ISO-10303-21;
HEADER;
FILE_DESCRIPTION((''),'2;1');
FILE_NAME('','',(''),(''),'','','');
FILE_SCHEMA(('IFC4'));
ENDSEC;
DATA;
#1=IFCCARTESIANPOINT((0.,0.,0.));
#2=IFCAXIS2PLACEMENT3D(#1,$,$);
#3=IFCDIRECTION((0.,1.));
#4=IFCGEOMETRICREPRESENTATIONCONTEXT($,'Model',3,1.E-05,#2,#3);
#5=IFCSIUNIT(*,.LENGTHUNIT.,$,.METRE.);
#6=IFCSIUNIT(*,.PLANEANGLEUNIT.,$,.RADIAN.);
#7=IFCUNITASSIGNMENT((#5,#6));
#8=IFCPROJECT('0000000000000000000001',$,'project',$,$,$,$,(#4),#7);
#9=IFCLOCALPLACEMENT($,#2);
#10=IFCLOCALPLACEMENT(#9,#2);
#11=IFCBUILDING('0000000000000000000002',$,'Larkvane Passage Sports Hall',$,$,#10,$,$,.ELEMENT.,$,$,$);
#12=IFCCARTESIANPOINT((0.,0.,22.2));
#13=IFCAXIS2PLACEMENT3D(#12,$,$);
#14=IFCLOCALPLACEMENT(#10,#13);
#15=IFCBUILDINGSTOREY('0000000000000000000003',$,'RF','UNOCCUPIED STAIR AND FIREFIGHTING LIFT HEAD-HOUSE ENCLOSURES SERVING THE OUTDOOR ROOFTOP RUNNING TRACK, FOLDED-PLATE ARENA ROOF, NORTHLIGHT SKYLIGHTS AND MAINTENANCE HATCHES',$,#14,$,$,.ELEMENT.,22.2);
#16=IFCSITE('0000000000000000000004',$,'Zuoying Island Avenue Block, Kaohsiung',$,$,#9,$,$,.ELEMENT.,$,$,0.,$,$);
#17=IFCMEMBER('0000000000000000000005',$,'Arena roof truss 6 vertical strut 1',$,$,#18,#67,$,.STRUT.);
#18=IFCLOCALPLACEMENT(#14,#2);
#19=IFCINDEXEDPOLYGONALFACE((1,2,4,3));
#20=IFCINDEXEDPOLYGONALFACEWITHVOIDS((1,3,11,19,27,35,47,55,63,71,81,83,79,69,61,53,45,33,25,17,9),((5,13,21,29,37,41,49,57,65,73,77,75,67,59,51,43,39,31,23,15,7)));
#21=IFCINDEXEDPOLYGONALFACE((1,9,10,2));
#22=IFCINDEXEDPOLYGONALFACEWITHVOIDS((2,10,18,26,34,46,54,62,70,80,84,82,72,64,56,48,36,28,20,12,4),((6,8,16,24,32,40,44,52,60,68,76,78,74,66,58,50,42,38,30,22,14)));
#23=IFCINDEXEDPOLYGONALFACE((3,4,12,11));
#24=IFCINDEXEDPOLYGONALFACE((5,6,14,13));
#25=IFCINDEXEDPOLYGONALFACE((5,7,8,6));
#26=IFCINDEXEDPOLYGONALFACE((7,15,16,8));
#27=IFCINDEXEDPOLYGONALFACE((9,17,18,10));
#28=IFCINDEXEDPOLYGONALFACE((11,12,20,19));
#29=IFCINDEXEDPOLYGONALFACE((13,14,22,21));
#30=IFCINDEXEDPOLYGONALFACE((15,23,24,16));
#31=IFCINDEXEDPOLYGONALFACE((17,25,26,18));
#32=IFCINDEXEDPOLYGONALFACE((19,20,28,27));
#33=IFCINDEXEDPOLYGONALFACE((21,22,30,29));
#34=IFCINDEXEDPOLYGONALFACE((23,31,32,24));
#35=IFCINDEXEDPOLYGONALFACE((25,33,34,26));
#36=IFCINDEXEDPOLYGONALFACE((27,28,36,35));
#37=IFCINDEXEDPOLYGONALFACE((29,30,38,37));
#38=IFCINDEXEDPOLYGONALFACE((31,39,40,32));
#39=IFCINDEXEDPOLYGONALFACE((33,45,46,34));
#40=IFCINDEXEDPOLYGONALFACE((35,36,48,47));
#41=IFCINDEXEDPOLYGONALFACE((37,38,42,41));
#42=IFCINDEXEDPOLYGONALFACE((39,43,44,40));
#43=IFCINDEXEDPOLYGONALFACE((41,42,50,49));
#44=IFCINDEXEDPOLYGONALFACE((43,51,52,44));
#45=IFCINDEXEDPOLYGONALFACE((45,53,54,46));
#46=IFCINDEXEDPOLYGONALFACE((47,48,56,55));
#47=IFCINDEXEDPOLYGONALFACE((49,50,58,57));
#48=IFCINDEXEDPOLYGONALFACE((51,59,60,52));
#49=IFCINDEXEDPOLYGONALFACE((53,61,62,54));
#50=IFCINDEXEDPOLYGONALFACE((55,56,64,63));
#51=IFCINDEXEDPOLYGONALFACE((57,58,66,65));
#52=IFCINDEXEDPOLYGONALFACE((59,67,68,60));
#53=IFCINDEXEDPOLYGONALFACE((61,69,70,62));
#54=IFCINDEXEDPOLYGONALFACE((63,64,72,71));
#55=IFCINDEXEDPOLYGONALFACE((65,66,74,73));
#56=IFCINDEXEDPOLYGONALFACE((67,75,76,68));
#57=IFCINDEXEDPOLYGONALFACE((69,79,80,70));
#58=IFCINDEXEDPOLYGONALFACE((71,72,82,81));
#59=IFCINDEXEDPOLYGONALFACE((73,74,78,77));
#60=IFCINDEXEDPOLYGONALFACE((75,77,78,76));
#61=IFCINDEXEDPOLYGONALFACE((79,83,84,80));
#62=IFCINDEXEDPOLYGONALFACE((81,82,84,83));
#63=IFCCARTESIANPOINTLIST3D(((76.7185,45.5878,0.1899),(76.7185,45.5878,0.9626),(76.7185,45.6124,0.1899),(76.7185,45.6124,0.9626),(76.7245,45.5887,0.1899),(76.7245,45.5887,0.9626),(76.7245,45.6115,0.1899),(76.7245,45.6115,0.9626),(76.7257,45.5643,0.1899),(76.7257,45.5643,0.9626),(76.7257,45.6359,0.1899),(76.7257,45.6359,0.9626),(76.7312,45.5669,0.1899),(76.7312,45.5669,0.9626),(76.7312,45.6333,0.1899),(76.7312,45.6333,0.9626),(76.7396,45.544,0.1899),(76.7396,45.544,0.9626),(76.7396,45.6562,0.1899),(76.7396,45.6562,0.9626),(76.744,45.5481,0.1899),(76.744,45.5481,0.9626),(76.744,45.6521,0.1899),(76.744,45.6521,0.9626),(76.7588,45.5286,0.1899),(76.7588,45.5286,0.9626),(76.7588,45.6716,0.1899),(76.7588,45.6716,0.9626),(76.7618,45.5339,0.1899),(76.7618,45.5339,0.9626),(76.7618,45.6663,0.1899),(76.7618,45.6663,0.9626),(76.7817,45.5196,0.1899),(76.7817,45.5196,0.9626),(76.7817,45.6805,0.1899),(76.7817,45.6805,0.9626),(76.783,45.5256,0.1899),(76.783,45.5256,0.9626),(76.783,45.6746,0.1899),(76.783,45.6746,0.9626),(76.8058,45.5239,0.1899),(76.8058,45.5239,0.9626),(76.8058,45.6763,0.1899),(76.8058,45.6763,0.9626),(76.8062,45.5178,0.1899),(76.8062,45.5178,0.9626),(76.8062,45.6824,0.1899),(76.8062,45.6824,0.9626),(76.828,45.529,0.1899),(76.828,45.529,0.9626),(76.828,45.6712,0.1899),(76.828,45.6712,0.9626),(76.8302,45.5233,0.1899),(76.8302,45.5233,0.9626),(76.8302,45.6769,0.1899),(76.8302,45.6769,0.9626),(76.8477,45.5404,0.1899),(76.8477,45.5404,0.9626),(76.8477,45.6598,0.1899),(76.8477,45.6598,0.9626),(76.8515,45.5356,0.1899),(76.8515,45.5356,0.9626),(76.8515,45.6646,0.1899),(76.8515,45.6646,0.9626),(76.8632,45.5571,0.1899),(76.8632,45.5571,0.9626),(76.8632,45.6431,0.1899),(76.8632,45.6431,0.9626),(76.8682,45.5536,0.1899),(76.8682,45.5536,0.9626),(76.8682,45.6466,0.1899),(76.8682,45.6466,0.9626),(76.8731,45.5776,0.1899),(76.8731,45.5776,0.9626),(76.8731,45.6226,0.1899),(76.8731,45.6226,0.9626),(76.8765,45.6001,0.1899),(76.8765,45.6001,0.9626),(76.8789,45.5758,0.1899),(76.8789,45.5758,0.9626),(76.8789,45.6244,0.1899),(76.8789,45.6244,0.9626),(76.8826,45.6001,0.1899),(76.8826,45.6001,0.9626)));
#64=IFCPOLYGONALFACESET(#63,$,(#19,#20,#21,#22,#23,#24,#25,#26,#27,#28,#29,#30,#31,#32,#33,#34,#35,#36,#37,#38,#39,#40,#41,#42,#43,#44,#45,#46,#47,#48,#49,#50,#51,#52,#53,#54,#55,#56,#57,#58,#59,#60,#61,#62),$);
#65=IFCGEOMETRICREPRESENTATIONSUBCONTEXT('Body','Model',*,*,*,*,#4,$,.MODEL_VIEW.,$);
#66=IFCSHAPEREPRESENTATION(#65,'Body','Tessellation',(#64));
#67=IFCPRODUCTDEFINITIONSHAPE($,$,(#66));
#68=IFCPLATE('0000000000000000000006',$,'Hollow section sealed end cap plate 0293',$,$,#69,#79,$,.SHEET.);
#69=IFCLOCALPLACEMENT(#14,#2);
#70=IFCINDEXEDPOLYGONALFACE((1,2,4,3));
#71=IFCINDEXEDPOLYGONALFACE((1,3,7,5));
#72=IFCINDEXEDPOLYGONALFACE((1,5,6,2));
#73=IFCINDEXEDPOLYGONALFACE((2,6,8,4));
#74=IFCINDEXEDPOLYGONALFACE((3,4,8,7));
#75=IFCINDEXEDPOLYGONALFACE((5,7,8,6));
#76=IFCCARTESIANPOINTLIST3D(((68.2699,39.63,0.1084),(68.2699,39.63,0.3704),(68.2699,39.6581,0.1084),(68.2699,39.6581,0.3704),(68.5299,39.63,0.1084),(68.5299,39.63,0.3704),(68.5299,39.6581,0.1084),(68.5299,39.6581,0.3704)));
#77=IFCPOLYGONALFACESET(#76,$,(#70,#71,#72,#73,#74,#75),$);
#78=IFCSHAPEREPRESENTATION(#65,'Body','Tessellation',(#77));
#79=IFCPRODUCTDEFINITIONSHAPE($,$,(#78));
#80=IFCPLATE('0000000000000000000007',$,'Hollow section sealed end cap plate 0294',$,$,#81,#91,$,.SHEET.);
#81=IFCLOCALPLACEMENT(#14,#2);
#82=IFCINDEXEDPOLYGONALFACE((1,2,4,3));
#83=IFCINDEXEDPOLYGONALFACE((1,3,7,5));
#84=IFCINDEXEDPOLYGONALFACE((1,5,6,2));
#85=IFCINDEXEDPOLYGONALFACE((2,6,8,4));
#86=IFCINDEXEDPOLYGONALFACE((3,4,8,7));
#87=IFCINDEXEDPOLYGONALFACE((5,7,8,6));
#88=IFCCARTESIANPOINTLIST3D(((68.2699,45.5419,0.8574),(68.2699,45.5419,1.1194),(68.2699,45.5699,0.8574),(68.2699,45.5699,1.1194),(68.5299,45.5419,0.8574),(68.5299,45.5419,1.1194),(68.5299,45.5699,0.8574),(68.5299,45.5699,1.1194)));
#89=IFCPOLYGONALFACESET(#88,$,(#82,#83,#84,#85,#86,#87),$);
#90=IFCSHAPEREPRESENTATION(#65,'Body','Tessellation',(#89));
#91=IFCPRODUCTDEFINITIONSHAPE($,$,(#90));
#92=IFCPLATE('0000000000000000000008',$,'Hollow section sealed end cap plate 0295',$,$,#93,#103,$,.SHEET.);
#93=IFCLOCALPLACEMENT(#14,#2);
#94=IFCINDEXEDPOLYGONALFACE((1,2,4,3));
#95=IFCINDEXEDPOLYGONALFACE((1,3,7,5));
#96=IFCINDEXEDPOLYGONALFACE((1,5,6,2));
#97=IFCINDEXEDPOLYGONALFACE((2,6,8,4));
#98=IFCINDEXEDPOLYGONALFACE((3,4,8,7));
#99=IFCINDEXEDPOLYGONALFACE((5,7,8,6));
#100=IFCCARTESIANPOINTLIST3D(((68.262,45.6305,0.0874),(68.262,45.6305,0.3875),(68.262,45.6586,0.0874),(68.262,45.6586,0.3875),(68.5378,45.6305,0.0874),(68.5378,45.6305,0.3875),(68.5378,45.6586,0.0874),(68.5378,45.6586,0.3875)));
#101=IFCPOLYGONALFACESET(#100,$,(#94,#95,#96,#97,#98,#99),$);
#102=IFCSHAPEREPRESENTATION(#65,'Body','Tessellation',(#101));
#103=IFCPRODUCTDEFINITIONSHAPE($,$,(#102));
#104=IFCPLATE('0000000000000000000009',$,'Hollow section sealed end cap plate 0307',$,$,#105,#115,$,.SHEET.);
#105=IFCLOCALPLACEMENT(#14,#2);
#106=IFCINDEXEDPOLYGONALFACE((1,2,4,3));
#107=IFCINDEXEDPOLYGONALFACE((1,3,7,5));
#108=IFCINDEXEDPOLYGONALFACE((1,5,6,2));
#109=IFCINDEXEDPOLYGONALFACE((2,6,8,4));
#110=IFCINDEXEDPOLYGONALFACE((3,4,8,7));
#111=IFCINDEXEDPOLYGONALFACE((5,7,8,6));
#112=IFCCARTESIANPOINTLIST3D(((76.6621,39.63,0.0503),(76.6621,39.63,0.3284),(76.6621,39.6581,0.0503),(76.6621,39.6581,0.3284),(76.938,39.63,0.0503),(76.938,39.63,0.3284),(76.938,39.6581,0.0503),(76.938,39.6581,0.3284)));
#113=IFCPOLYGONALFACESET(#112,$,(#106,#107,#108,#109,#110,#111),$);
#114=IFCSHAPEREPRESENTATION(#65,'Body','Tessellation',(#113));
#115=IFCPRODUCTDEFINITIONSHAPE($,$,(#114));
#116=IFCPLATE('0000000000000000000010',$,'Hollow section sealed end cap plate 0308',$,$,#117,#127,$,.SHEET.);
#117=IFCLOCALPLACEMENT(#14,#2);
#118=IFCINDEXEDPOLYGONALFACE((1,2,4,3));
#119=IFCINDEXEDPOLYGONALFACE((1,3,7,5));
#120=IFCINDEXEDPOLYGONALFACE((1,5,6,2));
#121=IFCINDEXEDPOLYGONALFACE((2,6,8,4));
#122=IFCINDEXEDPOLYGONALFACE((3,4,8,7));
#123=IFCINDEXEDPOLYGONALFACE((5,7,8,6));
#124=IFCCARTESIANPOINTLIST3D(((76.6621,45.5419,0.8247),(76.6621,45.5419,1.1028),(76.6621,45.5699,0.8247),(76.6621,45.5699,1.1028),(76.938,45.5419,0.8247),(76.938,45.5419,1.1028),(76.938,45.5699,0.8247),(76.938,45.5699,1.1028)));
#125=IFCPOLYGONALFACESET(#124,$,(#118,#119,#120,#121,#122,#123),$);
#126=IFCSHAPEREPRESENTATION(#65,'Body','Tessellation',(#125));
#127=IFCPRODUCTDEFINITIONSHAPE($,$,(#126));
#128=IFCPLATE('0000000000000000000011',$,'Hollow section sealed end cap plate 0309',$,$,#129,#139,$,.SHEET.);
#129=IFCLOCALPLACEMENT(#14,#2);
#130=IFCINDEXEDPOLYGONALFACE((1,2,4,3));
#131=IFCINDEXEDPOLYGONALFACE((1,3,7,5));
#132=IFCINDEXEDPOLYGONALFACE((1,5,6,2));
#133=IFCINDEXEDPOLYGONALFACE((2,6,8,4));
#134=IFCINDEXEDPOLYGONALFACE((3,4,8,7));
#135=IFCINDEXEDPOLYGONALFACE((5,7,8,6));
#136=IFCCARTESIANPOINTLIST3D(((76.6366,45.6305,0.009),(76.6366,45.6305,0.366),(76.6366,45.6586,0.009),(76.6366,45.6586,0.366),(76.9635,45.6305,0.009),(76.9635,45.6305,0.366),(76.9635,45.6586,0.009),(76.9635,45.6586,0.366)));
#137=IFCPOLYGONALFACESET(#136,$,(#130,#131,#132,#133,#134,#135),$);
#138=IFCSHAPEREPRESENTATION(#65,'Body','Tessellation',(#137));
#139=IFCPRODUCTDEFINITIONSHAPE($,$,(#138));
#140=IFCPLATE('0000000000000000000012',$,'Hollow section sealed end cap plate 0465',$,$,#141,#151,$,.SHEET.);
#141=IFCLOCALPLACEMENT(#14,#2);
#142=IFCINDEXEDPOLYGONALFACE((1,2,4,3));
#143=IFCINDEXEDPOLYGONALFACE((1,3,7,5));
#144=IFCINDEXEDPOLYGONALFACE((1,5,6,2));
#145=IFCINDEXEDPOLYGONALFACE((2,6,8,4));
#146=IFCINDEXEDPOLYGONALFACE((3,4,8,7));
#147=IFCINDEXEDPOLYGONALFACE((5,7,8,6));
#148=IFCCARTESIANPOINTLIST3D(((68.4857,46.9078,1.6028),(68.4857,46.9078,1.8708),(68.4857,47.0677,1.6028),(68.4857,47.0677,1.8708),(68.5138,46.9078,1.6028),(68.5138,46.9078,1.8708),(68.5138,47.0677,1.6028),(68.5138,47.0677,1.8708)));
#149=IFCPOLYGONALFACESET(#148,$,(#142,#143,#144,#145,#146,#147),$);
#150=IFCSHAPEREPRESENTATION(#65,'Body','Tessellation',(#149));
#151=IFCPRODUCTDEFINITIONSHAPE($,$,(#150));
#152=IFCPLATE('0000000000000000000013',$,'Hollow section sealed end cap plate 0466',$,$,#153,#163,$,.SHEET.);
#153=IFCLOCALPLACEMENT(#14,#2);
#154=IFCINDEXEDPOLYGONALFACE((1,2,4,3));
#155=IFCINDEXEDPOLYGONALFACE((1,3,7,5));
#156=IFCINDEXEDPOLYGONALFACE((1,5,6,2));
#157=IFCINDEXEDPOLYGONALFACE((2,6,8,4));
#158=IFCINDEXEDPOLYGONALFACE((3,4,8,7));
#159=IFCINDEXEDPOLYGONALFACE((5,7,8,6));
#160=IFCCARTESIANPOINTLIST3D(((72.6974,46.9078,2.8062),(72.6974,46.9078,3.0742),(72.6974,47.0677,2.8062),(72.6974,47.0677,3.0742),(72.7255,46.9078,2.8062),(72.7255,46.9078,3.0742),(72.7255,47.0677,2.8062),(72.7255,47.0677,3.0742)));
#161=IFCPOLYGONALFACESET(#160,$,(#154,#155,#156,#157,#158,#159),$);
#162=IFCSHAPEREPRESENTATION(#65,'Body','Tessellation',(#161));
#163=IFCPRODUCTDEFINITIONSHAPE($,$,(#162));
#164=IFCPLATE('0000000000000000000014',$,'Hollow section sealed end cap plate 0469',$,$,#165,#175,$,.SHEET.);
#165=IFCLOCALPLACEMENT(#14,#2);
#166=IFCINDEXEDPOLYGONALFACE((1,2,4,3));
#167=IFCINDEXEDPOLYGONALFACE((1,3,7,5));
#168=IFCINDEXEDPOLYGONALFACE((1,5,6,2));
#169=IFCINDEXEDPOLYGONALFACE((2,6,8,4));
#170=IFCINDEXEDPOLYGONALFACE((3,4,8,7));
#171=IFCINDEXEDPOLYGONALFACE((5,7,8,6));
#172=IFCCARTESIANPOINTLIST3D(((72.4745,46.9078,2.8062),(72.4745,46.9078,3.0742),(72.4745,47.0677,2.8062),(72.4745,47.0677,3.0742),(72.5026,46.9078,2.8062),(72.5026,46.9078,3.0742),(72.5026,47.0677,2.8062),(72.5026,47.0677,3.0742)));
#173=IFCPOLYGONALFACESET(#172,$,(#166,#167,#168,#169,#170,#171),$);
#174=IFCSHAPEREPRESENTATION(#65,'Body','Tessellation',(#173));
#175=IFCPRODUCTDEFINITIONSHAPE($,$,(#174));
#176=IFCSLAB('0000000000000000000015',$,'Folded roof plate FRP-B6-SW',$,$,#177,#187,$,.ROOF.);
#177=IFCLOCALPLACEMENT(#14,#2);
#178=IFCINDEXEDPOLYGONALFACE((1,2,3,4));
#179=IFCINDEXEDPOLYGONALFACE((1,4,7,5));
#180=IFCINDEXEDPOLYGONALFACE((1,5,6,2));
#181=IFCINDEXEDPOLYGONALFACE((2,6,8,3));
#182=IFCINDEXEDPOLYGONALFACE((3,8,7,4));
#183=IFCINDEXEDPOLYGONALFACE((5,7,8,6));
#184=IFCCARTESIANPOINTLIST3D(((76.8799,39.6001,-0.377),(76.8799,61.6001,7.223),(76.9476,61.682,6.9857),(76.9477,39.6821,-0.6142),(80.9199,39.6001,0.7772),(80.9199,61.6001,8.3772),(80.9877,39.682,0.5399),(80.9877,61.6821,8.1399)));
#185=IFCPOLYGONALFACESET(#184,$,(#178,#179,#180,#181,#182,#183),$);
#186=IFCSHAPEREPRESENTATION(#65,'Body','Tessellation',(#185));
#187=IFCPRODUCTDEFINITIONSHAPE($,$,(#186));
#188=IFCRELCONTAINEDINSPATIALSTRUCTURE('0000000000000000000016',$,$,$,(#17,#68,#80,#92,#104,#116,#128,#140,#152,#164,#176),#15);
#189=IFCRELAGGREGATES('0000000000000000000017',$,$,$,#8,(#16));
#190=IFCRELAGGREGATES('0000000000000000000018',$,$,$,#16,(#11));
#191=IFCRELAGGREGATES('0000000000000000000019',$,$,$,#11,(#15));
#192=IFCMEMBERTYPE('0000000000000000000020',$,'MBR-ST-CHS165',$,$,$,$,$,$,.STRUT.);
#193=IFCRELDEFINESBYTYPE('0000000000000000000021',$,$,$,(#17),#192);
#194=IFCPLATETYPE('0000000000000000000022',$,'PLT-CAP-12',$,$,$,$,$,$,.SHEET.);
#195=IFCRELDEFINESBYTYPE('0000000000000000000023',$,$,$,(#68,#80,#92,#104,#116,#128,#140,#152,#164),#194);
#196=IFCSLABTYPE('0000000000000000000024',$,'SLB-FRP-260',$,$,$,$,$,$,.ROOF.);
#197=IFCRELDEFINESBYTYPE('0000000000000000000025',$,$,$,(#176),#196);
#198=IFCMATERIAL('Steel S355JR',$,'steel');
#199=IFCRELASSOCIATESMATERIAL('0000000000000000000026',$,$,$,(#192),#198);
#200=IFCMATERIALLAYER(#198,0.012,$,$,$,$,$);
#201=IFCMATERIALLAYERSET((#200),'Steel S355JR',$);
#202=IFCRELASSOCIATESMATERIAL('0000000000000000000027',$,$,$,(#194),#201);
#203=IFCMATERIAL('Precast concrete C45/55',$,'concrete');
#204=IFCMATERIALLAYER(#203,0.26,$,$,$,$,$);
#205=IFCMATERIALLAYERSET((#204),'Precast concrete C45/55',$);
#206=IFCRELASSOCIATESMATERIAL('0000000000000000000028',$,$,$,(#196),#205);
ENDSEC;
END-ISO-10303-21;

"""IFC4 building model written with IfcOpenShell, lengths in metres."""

from ifc_helpers import new_model, si_unit, direction, frame, origin, origin_2d, place, context, subcontext, project, spatial, polyline, rectangle, hollow_circle, outline, extrude, material, layer, layer_set, material_profile, profile_set, type_object, element, save


model = new_model("IFC4")

# Units and contexts
model_context = context("Model", 3, precision=1e-05, world=origin(), true_north=direction((0.0, 1.0)))
body_context = subcontext(model_context, "Body", "Model", "MODEL_VIEW")
ifc_project = project(units=[si_unit("LENGTHUNIT", "METRE"), si_unit("PLANEANGLEUNIT", "RADIAN")], contexts=[model_context])

# Site, building, storey
site_placement = place(None, origin())
site = spatial("IfcSite", under=ifc_project, at=site_placement, Name="Zuoying Island Avenue Block, Kaohsiung", CompositionType="ELEMENT", RefElevation=0.0)
building_placement = place(site_placement, origin())
building = spatial("IfcBuilding", under=site, at=building_placement, Name="Larkvane Passage Sports Hall", CompositionType="ELEMENT")
storey_placement = place(building_placement, frame((0.0, 0.0, 22.2)))
storey = spatial("IfcBuildingStorey", under=building, at=storey_placement, Name="RF", Description="UNOCCUPIED STAIR AND FIREFIGHTING LIFT HEAD-HOUSE ENCLOSURES SERVING THE OUTDOOR ROOFTOP RUNNING TRACK, FOLDED-PLATE ARENA ROOF, NORTHLIGHT SKYLIGHTS AND MAINTENANCE HATCHES", CompositionType="ELEMENT", Elevation=22.2)

# Member
ifc_material_1 = material(Name="Steel S355JR", Category="steel")
ifc_material_profile_1 = material_profile(ifc_material_1, hollow_circle(Radius=0.0825, WallThickness=0.0061, at=origin_2d()), Name="CHS-165.2x6.0")
ifc_profile_set_1 = profile_set([ifc_material_profile_1], Name="Steel S355JR")
member_type_1 = type_object("IfcMemberType", Name="MBR-ST-CHS165", PredefinedType="STRUT", material=ifc_profile_set_1)
member_1_placement = place(storey_placement, frame((76.8, 45.6001, 0.1899), z_axis=(0.0, 0.0, 1.0), x_axis=(1.0, 0.0, 0.0)))
element("IfcMember", 1, at=member_1_placement, inside=storey, type_object=member_type_1, Name="Arena roof truss 6 vertical strut 1", PredefinedType="STRUT", context=body_context, shape_type="SweptSolid", body=[
    extrude(hollow_circle(Radius=0.0825, WallThickness=0.0061, at=origin_2d()), origin(), (0.0, 0.0, 1.0), 0.7727),
])

# Plates
ifc_layer_1 = layer(ifc_material_1, 0.012)
ifc_layer_set_1 = layer_set([ifc_layer_1], Name="Steel S355JR")
plate_type = type_object("IfcPlateType", Name="PLT-CAP-12", PredefinedType="SHEET", material=ifc_layer_set_1)
for number, where, z_axis, x_axis, name in (
    (2, (68.3999, 39.644, 0.1084), (0.0, 0.0, 1.0), (-1.0, 0.0, 0.0), "Hollow section sealed end cap plate 0293"),
    (3, (68.3999, 45.5559, 0.8574), (0.0, 0.0, 1.0), (-1.0, 0.0, 0.0), "Hollow section sealed end cap plate 0294"),
):
    element("IfcPlate", number, at=place(storey_placement, frame(where, z_axis=z_axis, x_axis=x_axis)), inside=storey, type_object=plate_type, Name=name, PredefinedType="SHEET", context=body_context, shape_type="SweptSolid", body=[
        extrude(rectangle(XDim=0.26, YDim=0.0281, at=origin_2d()), origin(), (0.0, 0.0, 1.0), 0.262),
    ])
plate_1_placement = place(storey_placement, frame((68.3999, 45.6445, 0.0874), z_axis=(0.0, 0.0, 1.0), x_axis=(-1.0, 0.0, 0.0)))
element("IfcPlate", 4, at=plate_1_placement, inside=storey, type_object=plate_type, Name="Hollow section sealed end cap plate 0295", PredefinedType="SHEET", context=body_context, shape_type="SweptSolid", body=[
    extrude(rectangle(XDim=0.2759, YDim=0.0281, at=origin_2d()), origin(), (0.0, 0.0, 1.0), 0.3),
])
for number, where, z_axis, x_axis, name in (
    (5, (76.8, 39.644, 0.0503), (0.0, 0.0, 1.0), (-1.0, 0.0, 0.0), "Hollow section sealed end cap plate 0307"),
    (6, (76.8, 45.5559, 0.8247), (0.0, 0.0, 1.0), (-1.0, 0.0, 0.0), "Hollow section sealed end cap plate 0308"),
):
    element("IfcPlate", number, at=place(storey_placement, frame(where, z_axis=z_axis, x_axis=x_axis)), inside=storey, type_object=plate_type, Name=name, PredefinedType="SHEET", context=body_context, shape_type="SweptSolid", body=[
        extrude(rectangle(XDim=0.2759, YDim=0.0281, at=origin_2d()), origin(), (0.0, 0.0, 1.0), 0.2781),
    ])
plate_2_placement = place(storey_placement, frame((76.8, 45.6445, 0.009), z_axis=(0.0, 0.0, 1.0), x_axis=(-1.0, 0.0, 0.0)))
element("IfcPlate", 7, at=plate_2_placement, inside=storey, type_object=plate_type, Name="Hollow section sealed end cap plate 0309", PredefinedType="SHEET", context=body_context, shape_type="SweptSolid", body=[
    extrude(rectangle(XDim=0.3269, YDim=0.0281, at=origin_2d()), origin(), (0.0, 0.0, 1.0), 0.3569),
])
for number, where, z_axis, x_axis, name in (
    (8, (68.4998, 46.9878, 1.6028), (0.0, 0.0, 1.0), (0.0, 1.0, 0.0), "Hollow section sealed end cap plate 0465"),
    (9, (72.7114, 46.9878, 2.8062), (0.0, 0.0, 1.0), (0.0, 1.0, 0.0), "Hollow section sealed end cap plate 0466"),
    (10, (72.4885, 46.9878, 2.8062), (0.0, 0.0, 1.0), (0.0, 1.0, 0.0), "Hollow section sealed end cap plate 0469"),
):
    element("IfcPlate", number, at=place(storey_placement, frame(where, z_axis=z_axis, x_axis=x_axis)), inside=storey, type_object=plate_type, Name=name, PredefinedType="SHEET", context=body_context, shape_type="SweptSolid", body=[
        extrude(rectangle(XDim=0.1599, YDim=0.0281, at=origin_2d()), origin(), (0.0, 0.0, 1.0), 0.2681),
    ])

# Slab
ifc_material_2 = material(Name="Precast concrete C45/55", Category="concrete")
ifc_layer_2 = layer(ifc_material_2, 0.26)
ifc_layer_set_2 = layer_set([ifc_layer_2], Name="Precast concrete C45/55")
slab_type = type_object("IfcSlabType", Name="SLB-FRP-260", PredefinedType="ROOF", material=ifc_layer_set_2)
slab_placement = place(storey_placement, frame((76.8799, 39.6001, -0.377), z_axis=(-0.260689, -0.315229, 0.912508), x_axis=(0.961532, -0.000008, 0.274692)))
element("IfcSlab", 11, at=slab_placement, inside=storey, type_object=slab_type, Name="Folded roof plate FRP-B6-SW", PredefinedType="ROOF", context=body_context, shape_type="SweptSolid", body=[
    extrude(outline(polyline([(0.0, 0.0), (4.2016, 0.0), (6.2891, 23.182), (2.0874, 23.1819), (0.0, 0.0)])), origin(), (0.0, 0.0, -1.0), 0.26),
])

save(model, "model.ifc")
